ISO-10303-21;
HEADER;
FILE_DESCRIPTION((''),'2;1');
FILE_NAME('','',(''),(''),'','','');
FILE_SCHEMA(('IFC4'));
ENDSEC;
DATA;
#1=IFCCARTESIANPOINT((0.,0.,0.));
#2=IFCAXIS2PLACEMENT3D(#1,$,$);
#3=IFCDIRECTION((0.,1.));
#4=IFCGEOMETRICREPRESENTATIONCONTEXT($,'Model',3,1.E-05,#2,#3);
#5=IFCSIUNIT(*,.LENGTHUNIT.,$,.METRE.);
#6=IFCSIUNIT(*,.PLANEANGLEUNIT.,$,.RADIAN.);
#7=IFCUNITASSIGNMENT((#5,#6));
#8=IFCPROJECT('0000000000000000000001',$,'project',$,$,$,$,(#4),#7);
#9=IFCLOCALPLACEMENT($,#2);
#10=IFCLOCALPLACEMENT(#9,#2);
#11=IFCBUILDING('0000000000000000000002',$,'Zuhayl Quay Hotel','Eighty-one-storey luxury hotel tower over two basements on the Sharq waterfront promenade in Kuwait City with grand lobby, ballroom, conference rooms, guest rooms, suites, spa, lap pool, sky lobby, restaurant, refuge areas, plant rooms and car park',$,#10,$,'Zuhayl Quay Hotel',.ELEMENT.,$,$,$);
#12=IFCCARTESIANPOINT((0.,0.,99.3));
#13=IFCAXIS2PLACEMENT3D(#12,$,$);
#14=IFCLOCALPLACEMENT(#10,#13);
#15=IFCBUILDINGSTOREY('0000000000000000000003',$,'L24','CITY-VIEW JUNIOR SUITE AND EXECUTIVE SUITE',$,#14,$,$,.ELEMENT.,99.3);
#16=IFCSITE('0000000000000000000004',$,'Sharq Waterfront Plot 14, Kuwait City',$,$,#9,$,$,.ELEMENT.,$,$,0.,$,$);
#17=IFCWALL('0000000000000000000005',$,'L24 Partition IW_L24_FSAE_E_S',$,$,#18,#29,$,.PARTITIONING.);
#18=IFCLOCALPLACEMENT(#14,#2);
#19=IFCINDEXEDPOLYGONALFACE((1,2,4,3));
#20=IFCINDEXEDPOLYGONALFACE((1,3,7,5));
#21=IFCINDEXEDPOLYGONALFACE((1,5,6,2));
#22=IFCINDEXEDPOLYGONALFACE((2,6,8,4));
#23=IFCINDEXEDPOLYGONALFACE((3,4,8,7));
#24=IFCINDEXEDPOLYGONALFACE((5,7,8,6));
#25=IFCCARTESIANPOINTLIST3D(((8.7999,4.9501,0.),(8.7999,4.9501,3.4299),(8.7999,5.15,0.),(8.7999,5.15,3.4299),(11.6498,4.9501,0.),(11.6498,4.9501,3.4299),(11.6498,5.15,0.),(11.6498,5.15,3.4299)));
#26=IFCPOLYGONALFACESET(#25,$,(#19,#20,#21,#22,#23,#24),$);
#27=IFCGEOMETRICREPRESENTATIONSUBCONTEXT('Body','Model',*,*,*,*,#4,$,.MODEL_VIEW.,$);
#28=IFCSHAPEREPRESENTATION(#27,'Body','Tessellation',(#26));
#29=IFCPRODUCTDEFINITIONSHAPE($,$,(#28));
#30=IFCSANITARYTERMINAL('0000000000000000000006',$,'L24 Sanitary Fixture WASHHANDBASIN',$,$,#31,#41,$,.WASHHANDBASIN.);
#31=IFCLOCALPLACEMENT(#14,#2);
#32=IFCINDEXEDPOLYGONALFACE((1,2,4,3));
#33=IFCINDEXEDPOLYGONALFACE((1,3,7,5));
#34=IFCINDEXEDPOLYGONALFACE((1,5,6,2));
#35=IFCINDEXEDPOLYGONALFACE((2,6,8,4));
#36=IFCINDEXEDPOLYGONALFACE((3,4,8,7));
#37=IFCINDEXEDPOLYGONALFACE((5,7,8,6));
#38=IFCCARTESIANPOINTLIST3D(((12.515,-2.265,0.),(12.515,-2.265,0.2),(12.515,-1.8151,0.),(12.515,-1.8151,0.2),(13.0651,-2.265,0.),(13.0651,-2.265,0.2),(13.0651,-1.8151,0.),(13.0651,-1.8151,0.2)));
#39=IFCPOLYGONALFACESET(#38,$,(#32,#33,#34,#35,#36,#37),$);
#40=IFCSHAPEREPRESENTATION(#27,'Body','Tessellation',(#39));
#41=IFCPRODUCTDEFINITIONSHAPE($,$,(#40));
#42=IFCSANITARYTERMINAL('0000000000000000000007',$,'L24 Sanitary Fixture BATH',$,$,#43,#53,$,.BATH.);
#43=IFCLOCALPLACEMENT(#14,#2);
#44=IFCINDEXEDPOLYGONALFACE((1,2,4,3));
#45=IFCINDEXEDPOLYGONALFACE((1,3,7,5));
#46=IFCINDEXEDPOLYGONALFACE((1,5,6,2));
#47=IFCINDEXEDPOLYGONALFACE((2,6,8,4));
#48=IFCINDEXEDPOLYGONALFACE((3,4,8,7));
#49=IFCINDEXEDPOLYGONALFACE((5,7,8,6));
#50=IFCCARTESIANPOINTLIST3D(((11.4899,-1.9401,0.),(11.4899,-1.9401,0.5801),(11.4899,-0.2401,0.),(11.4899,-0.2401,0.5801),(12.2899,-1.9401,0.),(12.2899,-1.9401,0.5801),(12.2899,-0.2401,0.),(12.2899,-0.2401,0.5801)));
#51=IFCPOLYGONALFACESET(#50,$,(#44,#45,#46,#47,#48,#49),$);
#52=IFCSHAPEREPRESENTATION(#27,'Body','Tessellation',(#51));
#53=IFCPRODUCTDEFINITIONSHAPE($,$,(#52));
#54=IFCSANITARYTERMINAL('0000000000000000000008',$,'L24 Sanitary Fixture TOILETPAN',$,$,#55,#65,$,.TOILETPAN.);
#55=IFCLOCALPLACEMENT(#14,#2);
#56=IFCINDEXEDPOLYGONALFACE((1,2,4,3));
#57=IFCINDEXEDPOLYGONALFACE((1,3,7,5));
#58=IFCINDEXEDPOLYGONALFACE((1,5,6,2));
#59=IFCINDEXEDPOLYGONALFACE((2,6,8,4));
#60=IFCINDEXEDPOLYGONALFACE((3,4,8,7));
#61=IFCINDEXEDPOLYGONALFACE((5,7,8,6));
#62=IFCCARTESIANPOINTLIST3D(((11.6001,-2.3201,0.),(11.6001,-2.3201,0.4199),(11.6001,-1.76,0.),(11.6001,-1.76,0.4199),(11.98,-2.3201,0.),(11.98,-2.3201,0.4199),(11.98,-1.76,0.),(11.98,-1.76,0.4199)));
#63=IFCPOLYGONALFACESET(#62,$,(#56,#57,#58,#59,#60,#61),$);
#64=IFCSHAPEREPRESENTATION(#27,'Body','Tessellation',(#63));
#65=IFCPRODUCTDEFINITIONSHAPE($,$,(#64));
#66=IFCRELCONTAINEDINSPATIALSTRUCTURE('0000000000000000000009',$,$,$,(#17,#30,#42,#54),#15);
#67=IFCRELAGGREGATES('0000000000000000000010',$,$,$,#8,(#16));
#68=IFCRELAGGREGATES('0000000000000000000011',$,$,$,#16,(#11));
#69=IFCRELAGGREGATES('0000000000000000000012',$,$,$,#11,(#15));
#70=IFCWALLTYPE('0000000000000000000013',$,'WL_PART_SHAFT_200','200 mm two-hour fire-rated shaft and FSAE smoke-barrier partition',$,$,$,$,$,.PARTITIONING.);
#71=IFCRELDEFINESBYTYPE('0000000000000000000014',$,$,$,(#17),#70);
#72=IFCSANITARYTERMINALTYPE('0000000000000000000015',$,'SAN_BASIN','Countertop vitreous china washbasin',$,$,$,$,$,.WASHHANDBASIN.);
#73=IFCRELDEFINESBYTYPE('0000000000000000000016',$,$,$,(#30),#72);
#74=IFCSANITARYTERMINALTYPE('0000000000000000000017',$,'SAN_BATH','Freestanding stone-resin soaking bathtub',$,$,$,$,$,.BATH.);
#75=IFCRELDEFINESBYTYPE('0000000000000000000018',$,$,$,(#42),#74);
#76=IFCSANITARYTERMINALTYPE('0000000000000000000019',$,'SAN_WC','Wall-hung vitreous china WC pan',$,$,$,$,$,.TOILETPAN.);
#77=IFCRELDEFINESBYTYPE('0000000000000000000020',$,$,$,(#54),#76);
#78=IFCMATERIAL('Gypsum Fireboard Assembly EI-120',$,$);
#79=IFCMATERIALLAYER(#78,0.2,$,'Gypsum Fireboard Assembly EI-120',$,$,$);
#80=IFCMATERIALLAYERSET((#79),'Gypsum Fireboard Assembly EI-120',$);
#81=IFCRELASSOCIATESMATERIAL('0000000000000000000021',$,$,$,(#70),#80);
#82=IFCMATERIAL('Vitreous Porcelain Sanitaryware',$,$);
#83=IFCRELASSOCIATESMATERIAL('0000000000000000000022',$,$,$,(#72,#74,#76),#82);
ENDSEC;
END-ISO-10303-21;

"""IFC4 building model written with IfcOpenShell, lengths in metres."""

from ifc_helpers import new_model, si_unit, direction, frame, frame_2d, origin, origin_2d, place, context, subcontext, project, spatial, rectangle, extrude, material, layer, layer_set, type_object, element, save


model = new_model("IFC4")

# Units and contexts
model_context = context("Model", 3, precision=1e-05, world=origin(), true_north=direction((0.0, 1.0)))
body_context = subcontext(model_context, "Body", "Model", "MODEL_VIEW")
ifc_project = project(units=[si_unit("LENGTHUNIT", "METRE"), si_unit("PLANEANGLEUNIT", "RADIAN")], contexts=[model_context])

# Site, building, storey
site_placement = place(None, origin())
site = spatial("IfcSite", under=ifc_project, at=site_placement, Name="Sharq Waterfront Plot 14, Kuwait City", CompositionType="ELEMENT", RefElevation=0.0)
building_placement = place(site_placement, origin())
building = spatial("IfcBuilding", under=site, at=building_placement, Name="Zuhayl Quay Hotel", Description="Eighty-one-storey luxury hotel tower over two basements on the Sharq waterfront promenade in Kuwait City with grand lobby, ballroom, conference rooms, guest rooms, suites, spa, lap pool, sky lobby, restaurant, refuge areas, plant rooms and car park", LongName="Zuhayl Quay Hotel", CompositionType="ELEMENT")
storey_placement = place(building_placement, frame((0.0, 0.0, 99.3)))
storey = spatial("IfcBuildingStorey", under=building, at=storey_placement, Name="L24", Description="CITY-VIEW JUNIOR SUITE AND EXECUTIVE SUITE", CompositionType="ELEMENT", Elevation=99.3)

# Wall
ifc_material_1 = material(Name="Gypsum Fireboard Assembly EI-120")
ifc_layer_1 = layer(ifc_material_1, 0.2, Name="Gypsum Fireboard Assembly EI-120")
ifc_layer_set_1 = layer_set([ifc_layer_1], Name="Gypsum Fireboard Assembly EI-120")
wall_type_1 = type_object("IfcWallType", Name="WL_PART_SHAFT_200", Description="200 mm two-hour fire-rated shaft and FSAE smoke-barrier partition", PredefinedType="PARTITIONING", material=ifc_layer_set_1)
wall_1_placement = place(storey_placement, frame((8.8, 5.05, 0.0), z_axis=(0.0, 0.0, 1.0), x_axis=(1.0, 0.0, 0.0)))
element("IfcWall", 1, at=wall_1_placement, inside=storey, type_object=wall_type_1, Name="L24 Partition IW_L24_FSAE_E_S", PredefinedType="PARTITIONING", context=body_context, shape_type="SweptSolid", body=[
    extrude(rectangle(XDim=2.8499, YDim=0.2, at=frame_2d((1.4248, 0.0))), origin(), (0.0, 0.0, 1.0), 3.4299),
])

# Sanitary terminals
ifc_material_2 = material(Name="Vitreous Porcelain Sanitaryware")
sanitary_terminal_type_1 = type_object("IfcSanitaryTerminalType", Name="SAN_BASIN", Description="Countertop vitreous china washbasin", PredefinedType="WASHHANDBASIN", material=ifc_material_2)
sanitary_terminal_1_placement = place(storey_placement, frame((12.79, -2.04, 0.0), z_axis=(0.0, 0.0, 1.0), x_axis=(1.0, 0.0, 0.0)))
element("IfcSanitaryTerminal", 2, at=sanitary_terminal_1_placement, inside=storey, type_object=sanitary_terminal_type_1, Name="L24 Sanitary Fixture WASHHANDBASIN", PredefinedType="WASHHANDBASIN", context=body_context, shape_type="SweptSolid", body=[
    extrude(rectangle(XDim=0.55, YDim=0.45, at=origin_2d()), origin(), (0.0, 0.0, 1.0), 0.2),
])
sanitary_terminal_type_2 = type_object("IfcSanitaryTerminalType", Name="SAN_BATH", Description="Freestanding stone-resin soaking bathtub", PredefinedType="BATH", material=ifc_material_2)
sanitary_terminal_2_placement = place(storey_placement, frame((11.8899, -1.0901, 0.0), z_axis=(0.0, 0.0, 1.0), x_axis=(1.0, 0.0, 0.0)))
element("IfcSanitaryTerminal", 3, at=sanitary_terminal_2_placement, inside=storey, type_object=sanitary_terminal_type_2, Name="L24 Sanitary Fixture BATH", PredefinedType="BATH", context=body_context, shape_type="SweptSolid", body=[
    extrude(rectangle(XDim=0.8, YDim=1.7, at=origin_2d()), origin(), (0.0, 0.0, 1.0), 0.5801),
])
sanitary_terminal_type_3 = type_object("IfcSanitaryTerminalType", Name="SAN_WC", Description="Wall-hung vitreous china WC pan", PredefinedType="TOILETPAN", material=ifc_material_2)
sanitary_terminal_3_placement = place(storey_placement, frame((11.79, -2.04, 0.0), z_axis=(0.0, 0.0, 1.0), x_axis=(1.0, 0.0, 0.0)))
element("IfcSanitaryTerminal", 4, at=sanitary_terminal_3_placement, inside=storey, type_object=sanitary_terminal_type_3, Name="L24 Sanitary Fixture TOILETPAN", PredefinedType="TOILETPAN", context=body_context, shape_type="SweptSolid", body=[
    extrude(rectangle(XDim=0.3799, YDim=0.5601, at=origin_2d()), origin(), (0.0, 0.0, 1.0), 0.4199),
])

save(model, "model.ifc")
